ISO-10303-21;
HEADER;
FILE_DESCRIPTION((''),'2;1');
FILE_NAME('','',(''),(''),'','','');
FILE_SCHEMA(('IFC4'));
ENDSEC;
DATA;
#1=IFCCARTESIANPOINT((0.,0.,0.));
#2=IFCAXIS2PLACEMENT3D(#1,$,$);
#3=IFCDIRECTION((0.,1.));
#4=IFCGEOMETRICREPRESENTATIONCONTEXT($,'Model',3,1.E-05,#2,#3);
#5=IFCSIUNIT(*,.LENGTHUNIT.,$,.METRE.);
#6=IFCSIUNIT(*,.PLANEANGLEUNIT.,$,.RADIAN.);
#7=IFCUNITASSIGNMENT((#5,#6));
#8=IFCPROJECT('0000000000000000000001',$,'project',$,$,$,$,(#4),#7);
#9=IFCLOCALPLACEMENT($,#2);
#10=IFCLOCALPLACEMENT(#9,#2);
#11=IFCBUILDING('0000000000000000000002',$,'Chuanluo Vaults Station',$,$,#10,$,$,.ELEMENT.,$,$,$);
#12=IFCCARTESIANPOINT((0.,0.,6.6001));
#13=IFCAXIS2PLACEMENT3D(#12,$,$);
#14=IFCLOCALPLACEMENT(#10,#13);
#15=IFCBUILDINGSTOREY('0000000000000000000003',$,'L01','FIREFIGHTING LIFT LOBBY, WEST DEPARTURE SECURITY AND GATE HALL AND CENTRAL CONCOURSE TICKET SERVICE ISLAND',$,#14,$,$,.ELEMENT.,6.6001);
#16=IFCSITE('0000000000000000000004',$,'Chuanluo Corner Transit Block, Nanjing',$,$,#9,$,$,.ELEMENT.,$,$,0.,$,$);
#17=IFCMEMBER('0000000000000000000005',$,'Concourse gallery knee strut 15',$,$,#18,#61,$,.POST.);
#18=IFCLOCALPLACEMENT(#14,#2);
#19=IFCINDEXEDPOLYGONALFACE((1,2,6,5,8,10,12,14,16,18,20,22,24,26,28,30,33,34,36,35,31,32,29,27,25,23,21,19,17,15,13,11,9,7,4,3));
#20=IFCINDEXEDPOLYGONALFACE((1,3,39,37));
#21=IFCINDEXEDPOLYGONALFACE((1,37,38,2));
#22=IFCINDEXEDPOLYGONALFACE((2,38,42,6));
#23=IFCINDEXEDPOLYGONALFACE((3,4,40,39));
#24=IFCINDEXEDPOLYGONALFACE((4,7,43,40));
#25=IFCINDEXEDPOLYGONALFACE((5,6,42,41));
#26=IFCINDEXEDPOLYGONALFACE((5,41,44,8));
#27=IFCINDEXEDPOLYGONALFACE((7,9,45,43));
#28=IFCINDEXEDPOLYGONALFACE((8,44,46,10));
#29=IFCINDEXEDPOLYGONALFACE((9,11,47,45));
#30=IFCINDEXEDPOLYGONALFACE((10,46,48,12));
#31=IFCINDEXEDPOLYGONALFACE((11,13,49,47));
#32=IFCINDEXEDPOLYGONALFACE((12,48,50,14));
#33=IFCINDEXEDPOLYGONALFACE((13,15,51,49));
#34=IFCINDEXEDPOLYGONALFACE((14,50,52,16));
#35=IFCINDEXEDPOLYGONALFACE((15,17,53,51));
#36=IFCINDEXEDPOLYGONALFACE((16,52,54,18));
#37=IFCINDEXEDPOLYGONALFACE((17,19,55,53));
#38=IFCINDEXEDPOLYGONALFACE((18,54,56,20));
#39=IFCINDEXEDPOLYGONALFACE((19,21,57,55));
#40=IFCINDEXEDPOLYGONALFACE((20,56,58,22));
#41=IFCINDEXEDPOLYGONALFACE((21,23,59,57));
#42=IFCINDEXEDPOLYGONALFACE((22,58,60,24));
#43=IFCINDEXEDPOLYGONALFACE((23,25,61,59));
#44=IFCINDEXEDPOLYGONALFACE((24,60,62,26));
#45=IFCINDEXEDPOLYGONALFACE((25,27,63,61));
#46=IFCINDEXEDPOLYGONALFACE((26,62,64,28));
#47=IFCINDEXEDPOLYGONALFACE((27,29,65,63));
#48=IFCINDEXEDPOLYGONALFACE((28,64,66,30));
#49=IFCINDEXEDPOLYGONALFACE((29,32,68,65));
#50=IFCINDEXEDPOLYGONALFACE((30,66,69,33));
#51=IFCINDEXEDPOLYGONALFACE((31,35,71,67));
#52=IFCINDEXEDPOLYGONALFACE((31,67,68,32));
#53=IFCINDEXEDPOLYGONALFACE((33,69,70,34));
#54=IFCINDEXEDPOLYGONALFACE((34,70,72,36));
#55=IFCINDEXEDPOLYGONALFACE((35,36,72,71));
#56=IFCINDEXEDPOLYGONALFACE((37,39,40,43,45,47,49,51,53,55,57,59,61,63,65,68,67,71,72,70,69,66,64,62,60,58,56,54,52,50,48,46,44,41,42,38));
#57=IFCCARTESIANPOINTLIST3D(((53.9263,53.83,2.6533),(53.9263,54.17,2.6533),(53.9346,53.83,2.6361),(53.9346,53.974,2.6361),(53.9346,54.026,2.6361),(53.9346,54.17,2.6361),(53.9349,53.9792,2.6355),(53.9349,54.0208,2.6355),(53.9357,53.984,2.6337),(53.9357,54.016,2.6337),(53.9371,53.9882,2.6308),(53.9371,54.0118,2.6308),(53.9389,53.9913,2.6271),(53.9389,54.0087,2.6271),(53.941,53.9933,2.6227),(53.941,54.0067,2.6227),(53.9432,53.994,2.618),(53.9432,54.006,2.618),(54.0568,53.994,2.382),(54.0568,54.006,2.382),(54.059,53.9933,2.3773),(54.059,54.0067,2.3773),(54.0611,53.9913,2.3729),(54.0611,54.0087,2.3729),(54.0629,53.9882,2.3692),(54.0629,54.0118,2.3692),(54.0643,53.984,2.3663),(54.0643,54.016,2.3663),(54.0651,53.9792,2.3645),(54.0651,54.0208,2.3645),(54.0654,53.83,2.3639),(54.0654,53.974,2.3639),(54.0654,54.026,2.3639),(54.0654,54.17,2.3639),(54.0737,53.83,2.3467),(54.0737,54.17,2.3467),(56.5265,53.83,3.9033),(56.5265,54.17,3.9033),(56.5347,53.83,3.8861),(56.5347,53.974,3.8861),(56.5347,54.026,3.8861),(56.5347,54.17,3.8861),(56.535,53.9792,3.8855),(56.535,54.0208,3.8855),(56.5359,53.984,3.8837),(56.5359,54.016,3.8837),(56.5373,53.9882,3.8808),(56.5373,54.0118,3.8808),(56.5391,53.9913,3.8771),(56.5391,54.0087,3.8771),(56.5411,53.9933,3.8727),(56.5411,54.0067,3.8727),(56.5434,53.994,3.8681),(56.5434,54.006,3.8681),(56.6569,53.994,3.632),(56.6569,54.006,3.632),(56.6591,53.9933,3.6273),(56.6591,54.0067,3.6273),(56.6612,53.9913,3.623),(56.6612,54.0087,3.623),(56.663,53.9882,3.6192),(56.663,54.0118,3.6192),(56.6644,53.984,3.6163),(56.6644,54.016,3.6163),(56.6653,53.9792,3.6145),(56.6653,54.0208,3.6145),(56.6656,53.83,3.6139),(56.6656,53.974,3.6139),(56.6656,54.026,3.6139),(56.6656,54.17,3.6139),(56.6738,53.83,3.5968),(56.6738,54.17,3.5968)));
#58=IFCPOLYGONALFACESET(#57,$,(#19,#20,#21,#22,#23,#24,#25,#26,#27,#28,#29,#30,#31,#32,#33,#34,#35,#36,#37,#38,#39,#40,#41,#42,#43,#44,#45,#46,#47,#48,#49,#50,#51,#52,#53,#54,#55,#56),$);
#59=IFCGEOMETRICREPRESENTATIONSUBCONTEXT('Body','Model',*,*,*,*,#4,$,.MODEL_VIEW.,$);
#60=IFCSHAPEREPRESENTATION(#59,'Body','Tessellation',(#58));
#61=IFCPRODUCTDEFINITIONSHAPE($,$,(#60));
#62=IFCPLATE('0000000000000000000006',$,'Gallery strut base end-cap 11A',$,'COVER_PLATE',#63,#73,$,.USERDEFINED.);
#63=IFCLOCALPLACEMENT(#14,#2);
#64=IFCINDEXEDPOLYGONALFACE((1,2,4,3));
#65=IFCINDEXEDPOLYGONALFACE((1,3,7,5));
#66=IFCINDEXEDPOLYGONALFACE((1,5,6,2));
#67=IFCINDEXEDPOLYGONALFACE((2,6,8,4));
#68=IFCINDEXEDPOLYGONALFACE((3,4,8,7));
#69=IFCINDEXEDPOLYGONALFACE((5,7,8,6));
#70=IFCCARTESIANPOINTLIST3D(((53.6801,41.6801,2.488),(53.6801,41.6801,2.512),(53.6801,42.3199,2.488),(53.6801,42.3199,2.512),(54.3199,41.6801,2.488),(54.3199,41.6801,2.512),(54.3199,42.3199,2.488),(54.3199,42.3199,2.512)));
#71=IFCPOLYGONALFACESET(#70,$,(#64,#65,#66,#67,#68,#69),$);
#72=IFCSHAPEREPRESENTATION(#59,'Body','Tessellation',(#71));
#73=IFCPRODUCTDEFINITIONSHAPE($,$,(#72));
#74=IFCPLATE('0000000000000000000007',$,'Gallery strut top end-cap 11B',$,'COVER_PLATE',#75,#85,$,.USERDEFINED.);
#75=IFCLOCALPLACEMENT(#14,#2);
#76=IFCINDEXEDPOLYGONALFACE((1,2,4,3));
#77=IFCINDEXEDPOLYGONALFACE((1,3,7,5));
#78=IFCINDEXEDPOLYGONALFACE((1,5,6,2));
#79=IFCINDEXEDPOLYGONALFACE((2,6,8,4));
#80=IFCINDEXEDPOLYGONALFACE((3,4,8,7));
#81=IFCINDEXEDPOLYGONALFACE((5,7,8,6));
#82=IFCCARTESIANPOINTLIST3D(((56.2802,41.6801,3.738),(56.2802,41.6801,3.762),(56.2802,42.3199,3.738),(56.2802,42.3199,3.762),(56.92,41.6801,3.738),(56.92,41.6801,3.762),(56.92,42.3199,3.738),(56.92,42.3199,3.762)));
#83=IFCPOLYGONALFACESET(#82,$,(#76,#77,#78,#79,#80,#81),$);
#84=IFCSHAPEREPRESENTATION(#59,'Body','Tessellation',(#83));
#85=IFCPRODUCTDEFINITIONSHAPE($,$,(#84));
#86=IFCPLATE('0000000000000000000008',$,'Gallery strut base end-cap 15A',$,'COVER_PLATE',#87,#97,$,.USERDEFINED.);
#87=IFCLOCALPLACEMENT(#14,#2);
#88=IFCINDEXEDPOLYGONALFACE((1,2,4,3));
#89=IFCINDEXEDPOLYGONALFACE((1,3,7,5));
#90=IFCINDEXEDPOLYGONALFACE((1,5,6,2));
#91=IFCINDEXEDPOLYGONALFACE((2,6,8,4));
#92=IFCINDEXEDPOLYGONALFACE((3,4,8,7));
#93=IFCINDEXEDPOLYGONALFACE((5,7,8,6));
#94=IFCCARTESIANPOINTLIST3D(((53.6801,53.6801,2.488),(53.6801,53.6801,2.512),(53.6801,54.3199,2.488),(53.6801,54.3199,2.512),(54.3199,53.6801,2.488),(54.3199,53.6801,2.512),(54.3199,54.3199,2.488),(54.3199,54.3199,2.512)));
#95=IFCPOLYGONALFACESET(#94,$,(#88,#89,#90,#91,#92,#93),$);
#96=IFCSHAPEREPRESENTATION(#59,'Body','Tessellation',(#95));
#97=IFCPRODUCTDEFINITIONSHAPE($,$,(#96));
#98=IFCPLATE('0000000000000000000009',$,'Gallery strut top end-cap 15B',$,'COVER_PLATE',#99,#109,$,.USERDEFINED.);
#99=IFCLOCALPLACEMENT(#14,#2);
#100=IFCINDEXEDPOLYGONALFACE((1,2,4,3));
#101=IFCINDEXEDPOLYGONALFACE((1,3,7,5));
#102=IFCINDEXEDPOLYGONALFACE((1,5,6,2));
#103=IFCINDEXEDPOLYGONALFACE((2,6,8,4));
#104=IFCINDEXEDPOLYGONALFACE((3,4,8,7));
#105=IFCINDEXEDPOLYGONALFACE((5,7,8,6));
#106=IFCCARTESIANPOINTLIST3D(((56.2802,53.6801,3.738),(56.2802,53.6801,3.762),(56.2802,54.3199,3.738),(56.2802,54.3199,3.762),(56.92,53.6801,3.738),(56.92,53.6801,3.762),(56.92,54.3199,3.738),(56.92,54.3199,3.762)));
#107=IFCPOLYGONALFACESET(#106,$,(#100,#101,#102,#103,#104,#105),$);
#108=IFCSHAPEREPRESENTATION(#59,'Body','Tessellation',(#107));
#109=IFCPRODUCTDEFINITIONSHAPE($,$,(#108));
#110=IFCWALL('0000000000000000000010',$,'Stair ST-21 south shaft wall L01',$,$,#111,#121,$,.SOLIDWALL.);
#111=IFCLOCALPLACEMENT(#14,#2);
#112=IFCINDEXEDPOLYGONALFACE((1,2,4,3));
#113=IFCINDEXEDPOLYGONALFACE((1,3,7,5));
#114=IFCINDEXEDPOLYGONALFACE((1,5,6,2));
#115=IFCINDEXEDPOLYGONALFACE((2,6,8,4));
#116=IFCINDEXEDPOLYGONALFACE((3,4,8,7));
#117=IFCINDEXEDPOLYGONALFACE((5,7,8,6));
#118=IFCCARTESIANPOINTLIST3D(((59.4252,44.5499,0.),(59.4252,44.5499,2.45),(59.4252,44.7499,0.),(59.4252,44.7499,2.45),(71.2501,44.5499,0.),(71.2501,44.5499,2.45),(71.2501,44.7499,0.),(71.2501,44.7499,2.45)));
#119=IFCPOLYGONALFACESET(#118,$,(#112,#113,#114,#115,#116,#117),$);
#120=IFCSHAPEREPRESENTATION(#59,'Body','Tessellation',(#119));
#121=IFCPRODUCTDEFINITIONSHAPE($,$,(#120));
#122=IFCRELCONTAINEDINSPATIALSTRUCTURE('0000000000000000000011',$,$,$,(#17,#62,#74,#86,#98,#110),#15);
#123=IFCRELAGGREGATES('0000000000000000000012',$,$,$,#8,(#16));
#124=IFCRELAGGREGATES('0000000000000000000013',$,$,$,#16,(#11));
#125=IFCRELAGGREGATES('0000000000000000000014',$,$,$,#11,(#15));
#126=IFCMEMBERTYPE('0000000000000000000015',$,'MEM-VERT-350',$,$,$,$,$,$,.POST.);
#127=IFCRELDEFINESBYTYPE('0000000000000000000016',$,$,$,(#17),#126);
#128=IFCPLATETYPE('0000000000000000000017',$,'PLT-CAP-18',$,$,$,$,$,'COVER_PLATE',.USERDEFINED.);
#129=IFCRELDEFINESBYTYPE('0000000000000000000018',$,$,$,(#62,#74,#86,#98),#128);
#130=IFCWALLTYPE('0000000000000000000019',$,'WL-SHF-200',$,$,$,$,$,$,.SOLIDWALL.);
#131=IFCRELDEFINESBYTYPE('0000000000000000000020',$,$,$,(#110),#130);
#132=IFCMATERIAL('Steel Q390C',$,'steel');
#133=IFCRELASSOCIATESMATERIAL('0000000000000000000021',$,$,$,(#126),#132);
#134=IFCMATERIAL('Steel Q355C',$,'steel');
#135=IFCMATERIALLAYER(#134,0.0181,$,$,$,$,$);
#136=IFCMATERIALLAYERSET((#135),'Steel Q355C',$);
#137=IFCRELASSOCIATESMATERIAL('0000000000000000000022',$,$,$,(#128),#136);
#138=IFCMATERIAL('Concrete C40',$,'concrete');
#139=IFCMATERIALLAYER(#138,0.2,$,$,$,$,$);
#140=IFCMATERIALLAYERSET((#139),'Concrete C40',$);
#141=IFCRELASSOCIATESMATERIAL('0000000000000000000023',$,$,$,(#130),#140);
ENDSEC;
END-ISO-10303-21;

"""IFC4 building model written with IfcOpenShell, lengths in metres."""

from ifc_helpers import new_model, si_unit, direction, frame, frame_2d, origin, origin_2d, place, context, subcontext, project, spatial, rectangle, i_section, extrude, material, layer, layer_set, material_profile, profile_set, type_object, element, save


model = new_model("IFC4")

# Units and contexts
model_context = context("Model", 3, precision=1e-05, world=origin(), true_north=direction((0.0, 1.0)))
body_context = subcontext(model_context, "Body", "Model", "MODEL_VIEW")
ifc_project = project(units=[si_unit("LENGTHUNIT", "METRE"), si_unit("PLANEANGLEUNIT", "RADIAN")], contexts=[model_context])

# Site, building, storey
site_placement = place(None, origin())
site = spatial("IfcSite", under=ifc_project, at=site_placement, Name="Chuanluo Corner Transit Block, Nanjing", CompositionType="ELEMENT", RefElevation=0.0)
building_placement = place(site_placement, origin())
building = spatial("IfcBuilding", under=site, at=building_placement, Name="Chuanluo Vaults Station", CompositionType="ELEMENT")
storey_placement = place(building_placement, frame((0.0, 0.0, 6.6001)))
storey = spatial("IfcBuildingStorey", under=building, at=storey_placement, Name="L01", Description="FIREFIGHTING LIFT LOBBY, WEST DEPARTURE SECURITY AND GATE HALL AND CENTRAL CONCOURSE TICKET SERVICE ISLAND", CompositionType="ELEMENT", Elevation=6.6001)

# Member
ifc_material_1 = material(Name="Steel Q390C", Category="steel")
ifc_material_profile_1 = material_profile(ifc_material_1, i_section(OverallWidth=0.3401, OverallDepth=0.3401, WebThickness=0.012, FlangeThickness=0.019, FilletRadius=0.02, at=origin_2d()))
ifc_profile_set_1 = profile_set([ifc_material_profile_1], Name="Steel Q390C")
member_type_1 = type_object("IfcMemberType", Name="MEM-VERT-350", PredefinedType="POST", material=ifc_profile_set_1)
member_1_placement = place(storey_placement, frame((54.0, 54.0, 2.5), z_axis=(0.901259, 0.0, 0.433281), x_axis=(0.0, 1.0, 0.0)))
element("IfcMember", 1, at=member_1_placement, inside=storey, type_object=member_type_1, Name="Concourse gallery knee strut 15", PredefinedType="POST", context=body_context, shape_type="SweptSolid", body=[
    extrude(i_section(OverallWidth=0.3401, OverallDepth=0.3401, WebThickness=0.012, FlangeThickness=0.019, FilletRadius=0.02, at=origin_2d()), origin(), (0.0, 0.0, 1.0), 2.885),
])

# Plates
ifc_material_2 = material(Name="Steel Q355C", Category="steel")
ifc_layer_1 = layer(ifc_material_2, 0.0181)
ifc_layer_set_1 = layer_set([ifc_layer_1], Name="Steel Q355C")
plate_type = type_object("IfcPlateType", Name="PLT-CAP-18", ElementType="COVER_PLATE", PredefinedType="USERDEFINED", material=ifc_layer_set_1)
for number, where, z_axis, x_axis, name in (
    (2, (54.0, 42.0, 2.488), (0.0, 0.0, 1.0), (1.0, 0.0, 0.0), "Gallery strut base end-cap 11A"),
    (3, (56.6001, 42.0, 3.738), (0.0, 0.0, 1.0), (1.0, 0.0, 0.0), "Gallery strut top end-cap 11B"),
    (4, (54.0, 54.0, 2.488), (0.0, 0.0, 1.0), (1.0, 0.0, 0.0), "Gallery strut base end-cap 15A"),
    (5, (56.6001, 54.0, 3.738), (0.0, 0.0, 1.0), (1.0, 0.0, 0.0), "Gallery strut top end-cap 15B"),
):
    element("IfcPlate", number, at=place(storey_placement, frame(where, z_axis=z_axis, x_axis=x_axis)), inside=storey, type_object=plate_type, Name=name, ObjectType="COVER_PLATE", PredefinedType="USERDEFINED", context=body_context, shape_type="SweptSolid", body=[
        extrude(rectangle(XDim=0.6399, YDim=0.6399, at=origin_2d()), origin(), (0.0, 0.0, 1.0), 0.0239),
    ])

# Wall
ifc_material_3 = material(Name="Concrete C40", Category="concrete")
ifc_layer_2 = layer(ifc_material_3, 0.2)
ifc_layer_set_2 = layer_set([ifc_layer_2], Name="Concrete C40")
wall_type = type_object("IfcWallType", Name="WL-SHF-200", PredefinedType="SOLIDWALL", material=ifc_layer_set_2)
wall_1_placement = place(storey_placement, frame((59.425, 44.6499, 0.0), z_axis=(0.0, 0.0, 1.0), x_axis=(1.0, 0.0, 0.0)))
element("IfcWall", 6, at=wall_1_placement, inside=storey, type_object=wall_type, Name="Stair ST-21 south shaft wall L01", PredefinedType="SOLIDWALL", context=body_context, shape_type="SweptSolid", body=[
    extrude(rectangle(XDim=11.825, YDim=0.2, at=frame_2d((5.9126, 0.0))), origin(), (0.0, 0.0, 1.0), 2.45),
])

save(model, "model.ifc")
